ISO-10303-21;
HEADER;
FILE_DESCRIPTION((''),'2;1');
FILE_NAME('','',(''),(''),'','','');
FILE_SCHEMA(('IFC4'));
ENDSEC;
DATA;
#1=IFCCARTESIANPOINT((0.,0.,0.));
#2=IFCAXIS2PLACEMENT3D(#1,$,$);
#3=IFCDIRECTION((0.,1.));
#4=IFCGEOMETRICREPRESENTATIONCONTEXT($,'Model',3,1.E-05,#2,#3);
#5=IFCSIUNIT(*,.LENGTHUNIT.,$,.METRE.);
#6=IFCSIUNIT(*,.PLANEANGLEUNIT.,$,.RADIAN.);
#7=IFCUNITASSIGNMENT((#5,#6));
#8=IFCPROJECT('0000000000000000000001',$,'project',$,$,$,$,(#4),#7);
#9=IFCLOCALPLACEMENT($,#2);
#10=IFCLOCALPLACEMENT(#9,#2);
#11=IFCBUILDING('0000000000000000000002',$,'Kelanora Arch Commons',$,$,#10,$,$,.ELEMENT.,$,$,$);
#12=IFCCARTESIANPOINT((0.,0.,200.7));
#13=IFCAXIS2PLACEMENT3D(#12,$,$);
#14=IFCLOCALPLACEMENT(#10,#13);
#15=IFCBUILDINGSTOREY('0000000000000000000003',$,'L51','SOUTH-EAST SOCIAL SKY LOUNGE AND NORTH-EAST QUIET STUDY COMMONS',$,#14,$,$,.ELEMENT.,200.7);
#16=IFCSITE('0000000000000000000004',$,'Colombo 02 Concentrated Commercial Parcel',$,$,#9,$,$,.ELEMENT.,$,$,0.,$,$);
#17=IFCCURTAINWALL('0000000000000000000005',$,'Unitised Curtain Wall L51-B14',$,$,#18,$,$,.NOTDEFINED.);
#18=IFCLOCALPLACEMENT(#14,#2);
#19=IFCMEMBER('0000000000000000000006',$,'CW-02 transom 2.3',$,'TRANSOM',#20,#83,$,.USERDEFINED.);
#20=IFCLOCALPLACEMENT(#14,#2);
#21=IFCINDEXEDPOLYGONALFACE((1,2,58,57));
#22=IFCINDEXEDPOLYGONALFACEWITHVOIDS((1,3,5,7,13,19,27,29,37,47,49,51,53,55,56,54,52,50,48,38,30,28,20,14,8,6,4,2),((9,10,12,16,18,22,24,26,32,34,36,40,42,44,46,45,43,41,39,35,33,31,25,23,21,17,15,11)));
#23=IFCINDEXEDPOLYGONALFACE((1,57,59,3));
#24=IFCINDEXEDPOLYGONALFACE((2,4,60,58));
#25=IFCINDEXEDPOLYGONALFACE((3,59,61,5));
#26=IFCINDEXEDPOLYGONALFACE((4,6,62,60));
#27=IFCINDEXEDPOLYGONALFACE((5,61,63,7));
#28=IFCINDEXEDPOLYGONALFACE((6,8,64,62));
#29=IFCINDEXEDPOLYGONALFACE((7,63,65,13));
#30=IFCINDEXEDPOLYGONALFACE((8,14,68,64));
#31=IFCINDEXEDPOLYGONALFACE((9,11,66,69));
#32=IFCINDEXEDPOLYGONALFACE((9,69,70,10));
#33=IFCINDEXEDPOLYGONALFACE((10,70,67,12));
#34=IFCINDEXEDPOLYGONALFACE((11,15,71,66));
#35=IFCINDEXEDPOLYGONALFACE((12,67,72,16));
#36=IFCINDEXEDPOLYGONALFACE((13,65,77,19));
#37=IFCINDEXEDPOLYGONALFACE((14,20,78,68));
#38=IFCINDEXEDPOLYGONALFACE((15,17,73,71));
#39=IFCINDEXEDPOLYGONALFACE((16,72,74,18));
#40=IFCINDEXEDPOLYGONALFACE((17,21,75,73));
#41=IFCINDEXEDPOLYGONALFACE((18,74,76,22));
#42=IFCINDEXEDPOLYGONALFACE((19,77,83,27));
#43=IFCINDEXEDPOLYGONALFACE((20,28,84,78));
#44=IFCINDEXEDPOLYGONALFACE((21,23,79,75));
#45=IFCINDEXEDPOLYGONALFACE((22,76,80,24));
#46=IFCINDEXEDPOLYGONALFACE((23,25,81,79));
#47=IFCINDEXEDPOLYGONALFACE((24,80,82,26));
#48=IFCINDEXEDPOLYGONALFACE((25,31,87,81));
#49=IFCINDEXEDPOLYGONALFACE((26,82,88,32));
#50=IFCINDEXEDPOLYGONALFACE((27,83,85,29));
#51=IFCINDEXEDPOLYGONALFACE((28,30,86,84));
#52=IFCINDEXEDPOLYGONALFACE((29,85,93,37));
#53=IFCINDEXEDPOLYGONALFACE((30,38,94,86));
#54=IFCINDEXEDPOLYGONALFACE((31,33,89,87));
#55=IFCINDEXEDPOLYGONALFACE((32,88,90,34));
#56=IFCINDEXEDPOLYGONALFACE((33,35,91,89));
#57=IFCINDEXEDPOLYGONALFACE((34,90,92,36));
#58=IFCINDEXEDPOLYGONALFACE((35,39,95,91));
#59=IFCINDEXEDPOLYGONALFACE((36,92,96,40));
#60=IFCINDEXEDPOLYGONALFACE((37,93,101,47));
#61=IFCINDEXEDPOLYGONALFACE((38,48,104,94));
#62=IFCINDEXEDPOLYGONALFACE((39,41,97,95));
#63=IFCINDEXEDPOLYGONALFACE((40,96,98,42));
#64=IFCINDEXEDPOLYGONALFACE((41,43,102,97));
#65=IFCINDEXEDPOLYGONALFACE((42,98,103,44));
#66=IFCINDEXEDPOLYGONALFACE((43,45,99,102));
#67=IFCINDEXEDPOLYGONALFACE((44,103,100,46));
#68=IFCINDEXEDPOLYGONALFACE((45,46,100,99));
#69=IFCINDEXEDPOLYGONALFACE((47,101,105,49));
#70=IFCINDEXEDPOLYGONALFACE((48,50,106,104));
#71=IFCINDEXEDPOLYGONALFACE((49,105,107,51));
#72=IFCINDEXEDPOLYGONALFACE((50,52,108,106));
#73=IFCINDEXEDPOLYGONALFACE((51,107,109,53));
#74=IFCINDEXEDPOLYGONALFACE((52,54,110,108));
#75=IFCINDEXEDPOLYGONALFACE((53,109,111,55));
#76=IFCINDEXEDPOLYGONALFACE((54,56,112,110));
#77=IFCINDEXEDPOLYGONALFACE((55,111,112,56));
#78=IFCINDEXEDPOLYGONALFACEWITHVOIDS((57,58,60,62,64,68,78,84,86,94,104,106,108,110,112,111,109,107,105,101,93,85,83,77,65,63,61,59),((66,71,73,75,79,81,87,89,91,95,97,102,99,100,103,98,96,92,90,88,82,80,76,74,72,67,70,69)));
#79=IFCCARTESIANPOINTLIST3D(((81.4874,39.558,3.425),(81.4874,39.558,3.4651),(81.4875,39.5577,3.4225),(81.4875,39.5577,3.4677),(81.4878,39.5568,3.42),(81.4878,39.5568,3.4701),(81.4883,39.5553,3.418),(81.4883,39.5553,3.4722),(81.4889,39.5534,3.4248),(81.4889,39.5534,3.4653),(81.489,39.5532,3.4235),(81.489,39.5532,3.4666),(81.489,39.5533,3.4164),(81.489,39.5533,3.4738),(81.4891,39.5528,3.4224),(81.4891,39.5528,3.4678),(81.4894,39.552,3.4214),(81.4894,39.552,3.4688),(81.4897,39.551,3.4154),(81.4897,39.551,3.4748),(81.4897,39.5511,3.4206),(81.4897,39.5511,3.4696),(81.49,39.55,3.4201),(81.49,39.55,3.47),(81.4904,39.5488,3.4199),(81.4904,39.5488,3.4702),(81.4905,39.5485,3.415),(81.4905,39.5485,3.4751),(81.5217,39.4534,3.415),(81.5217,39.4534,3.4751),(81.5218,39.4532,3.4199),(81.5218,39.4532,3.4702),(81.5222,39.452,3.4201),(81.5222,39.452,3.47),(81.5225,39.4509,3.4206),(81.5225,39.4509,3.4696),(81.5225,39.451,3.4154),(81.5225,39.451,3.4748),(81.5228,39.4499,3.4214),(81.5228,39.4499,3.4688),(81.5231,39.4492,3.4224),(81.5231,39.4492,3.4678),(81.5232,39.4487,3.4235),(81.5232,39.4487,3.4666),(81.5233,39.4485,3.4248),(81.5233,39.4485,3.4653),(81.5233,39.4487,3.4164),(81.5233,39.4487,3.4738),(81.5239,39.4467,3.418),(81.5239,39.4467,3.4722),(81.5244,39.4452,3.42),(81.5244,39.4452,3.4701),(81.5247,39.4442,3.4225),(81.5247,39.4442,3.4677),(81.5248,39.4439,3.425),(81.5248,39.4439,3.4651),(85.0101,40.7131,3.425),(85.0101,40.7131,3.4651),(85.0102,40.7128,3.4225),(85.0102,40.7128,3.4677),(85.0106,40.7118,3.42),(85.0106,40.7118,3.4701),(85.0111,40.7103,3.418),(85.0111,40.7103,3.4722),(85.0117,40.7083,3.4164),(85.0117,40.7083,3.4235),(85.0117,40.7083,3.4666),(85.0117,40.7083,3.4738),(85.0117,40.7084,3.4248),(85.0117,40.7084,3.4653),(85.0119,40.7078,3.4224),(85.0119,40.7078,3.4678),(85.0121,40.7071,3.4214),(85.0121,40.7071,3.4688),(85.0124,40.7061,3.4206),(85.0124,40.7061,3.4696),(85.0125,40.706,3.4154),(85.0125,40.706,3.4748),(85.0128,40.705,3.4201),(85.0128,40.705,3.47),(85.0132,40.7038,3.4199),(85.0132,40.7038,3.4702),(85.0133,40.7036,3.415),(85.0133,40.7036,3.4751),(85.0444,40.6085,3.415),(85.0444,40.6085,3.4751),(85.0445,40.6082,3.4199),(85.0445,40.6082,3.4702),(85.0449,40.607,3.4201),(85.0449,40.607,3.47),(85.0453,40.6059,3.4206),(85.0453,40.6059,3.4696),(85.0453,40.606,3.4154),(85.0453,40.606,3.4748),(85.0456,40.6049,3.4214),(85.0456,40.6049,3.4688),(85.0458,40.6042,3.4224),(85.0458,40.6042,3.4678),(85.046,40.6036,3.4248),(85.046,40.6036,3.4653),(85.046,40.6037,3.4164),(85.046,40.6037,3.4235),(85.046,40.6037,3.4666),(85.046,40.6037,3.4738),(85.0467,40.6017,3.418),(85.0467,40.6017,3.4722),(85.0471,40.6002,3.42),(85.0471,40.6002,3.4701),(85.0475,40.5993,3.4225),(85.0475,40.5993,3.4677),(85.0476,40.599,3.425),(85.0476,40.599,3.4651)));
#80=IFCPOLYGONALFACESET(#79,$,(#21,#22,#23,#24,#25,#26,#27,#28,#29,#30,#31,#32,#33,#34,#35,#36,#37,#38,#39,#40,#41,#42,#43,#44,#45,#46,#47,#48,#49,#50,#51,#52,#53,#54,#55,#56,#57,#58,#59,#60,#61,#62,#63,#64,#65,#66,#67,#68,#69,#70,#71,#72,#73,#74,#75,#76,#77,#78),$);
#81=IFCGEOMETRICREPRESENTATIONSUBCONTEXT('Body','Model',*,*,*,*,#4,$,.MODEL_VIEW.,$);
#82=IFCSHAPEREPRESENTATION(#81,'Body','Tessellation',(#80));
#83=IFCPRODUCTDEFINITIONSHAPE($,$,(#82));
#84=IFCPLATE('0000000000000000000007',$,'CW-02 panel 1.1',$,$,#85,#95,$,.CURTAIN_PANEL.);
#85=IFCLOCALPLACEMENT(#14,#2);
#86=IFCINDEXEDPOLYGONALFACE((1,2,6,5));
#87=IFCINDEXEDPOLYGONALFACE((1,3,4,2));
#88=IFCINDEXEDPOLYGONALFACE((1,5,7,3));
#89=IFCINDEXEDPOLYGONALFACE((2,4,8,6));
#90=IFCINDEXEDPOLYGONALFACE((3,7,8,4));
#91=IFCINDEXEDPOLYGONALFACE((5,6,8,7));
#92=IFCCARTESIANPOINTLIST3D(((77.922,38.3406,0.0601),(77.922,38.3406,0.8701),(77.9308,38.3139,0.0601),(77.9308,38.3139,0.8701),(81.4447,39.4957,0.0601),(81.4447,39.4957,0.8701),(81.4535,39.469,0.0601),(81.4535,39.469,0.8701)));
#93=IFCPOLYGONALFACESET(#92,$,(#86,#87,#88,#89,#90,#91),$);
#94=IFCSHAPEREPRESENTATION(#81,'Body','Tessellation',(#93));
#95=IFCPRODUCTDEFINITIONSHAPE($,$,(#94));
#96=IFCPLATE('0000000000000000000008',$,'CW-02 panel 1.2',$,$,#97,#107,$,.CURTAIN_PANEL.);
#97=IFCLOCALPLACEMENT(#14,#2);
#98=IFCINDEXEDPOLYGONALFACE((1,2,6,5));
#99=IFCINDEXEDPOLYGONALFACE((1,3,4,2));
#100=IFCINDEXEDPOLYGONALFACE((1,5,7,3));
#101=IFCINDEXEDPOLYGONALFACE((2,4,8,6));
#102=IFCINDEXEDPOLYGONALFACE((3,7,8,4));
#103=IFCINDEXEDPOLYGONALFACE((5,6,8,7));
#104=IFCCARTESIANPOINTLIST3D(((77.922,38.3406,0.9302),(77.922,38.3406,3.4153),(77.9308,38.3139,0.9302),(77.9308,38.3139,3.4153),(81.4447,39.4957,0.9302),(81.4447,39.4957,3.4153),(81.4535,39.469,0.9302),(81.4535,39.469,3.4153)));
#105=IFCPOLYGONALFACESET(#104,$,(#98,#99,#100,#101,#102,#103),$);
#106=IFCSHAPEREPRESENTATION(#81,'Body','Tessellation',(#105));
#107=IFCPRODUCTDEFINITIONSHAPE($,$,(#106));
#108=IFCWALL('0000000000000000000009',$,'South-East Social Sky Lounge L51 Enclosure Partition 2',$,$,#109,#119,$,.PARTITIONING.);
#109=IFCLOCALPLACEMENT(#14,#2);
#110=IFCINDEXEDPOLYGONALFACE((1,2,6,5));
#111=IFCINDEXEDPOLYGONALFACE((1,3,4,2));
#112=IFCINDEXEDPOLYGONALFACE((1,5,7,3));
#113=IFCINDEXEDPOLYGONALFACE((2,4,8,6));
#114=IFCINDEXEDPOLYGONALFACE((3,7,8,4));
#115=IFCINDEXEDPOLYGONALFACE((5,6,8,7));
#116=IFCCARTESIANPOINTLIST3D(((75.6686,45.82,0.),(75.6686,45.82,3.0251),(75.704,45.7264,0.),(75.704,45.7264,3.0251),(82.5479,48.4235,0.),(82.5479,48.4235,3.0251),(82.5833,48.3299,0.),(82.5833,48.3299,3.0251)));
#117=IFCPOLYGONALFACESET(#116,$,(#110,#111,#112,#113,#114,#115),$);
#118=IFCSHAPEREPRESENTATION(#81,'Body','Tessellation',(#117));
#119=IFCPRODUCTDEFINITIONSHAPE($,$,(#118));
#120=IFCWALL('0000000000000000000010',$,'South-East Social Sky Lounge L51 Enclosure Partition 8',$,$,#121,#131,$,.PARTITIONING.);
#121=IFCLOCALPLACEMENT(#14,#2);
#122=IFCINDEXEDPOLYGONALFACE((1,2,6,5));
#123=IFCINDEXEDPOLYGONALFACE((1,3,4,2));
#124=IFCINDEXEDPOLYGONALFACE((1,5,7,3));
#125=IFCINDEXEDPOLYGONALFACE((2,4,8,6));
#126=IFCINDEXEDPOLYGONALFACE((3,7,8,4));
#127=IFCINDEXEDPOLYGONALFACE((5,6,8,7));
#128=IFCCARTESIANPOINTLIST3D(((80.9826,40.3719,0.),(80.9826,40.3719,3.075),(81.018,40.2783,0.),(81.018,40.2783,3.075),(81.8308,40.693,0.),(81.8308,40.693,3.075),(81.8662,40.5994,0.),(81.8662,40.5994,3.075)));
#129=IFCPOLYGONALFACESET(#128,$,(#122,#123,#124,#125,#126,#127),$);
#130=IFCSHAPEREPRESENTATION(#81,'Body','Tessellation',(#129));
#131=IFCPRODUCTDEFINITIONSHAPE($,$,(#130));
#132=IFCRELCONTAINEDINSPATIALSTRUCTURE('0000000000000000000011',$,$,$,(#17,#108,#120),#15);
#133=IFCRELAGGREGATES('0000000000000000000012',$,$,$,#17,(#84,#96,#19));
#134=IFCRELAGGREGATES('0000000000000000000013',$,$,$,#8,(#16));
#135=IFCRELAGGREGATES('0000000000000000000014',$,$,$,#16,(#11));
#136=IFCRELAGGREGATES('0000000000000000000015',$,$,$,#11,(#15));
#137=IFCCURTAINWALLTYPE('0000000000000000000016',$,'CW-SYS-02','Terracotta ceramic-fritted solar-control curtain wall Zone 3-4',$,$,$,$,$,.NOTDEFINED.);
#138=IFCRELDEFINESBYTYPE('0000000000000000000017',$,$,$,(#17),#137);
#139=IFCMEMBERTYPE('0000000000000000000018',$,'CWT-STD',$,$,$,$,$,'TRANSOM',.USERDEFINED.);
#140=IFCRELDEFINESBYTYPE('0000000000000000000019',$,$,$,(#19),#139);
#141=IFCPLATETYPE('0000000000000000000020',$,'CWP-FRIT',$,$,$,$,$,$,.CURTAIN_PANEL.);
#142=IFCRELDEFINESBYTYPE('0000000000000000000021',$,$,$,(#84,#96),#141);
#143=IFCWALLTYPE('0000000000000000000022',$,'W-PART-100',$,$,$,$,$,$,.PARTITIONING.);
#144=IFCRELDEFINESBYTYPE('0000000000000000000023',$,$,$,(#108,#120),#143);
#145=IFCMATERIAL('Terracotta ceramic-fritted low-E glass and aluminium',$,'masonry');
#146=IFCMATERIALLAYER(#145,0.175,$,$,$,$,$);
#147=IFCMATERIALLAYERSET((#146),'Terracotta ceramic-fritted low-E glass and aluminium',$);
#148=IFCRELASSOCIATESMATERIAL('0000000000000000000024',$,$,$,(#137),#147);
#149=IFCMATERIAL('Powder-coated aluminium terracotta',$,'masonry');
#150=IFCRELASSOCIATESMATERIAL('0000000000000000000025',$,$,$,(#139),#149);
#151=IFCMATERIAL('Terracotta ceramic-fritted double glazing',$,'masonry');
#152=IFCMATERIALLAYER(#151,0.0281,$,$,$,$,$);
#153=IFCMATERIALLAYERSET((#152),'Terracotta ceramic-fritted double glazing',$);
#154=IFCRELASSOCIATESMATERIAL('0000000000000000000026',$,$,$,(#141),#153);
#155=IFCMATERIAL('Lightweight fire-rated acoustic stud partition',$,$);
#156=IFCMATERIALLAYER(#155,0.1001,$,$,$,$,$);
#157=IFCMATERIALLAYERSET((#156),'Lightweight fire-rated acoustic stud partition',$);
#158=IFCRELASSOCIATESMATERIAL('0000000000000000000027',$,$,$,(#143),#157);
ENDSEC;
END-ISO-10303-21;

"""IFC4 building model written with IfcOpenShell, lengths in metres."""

from ifc_helpers import new_model, si_unit, direction, frame, frame_2d, origin, origin_2d, place, context, subcontext, project, spatial, rectangle, hollow_rectangle, extrude, source, transform, mapped, material, layer, layer_set, material_profile, profile_set, type_object, element, aggregate, save


model = new_model("IFC4")

# Units and contexts
model_context = context("Model", 3, precision=1e-05, world=origin(), true_north=direction((0.0, 1.0)))
body_context = subcontext(model_context, "Body", "Model", "MODEL_VIEW")
ifc_project = project(units=[si_unit("LENGTHUNIT", "METRE"), si_unit("PLANEANGLEUNIT", "RADIAN")], contexts=[model_context])

# Site, building, storey
site_placement = place(None, origin())
site = spatial("IfcSite", under=ifc_project, at=site_placement, Name="Colombo 02 Concentrated Commercial Parcel", CompositionType="ELEMENT", RefElevation=0.0)
building_placement = place(site_placement, origin())
building = spatial("IfcBuilding", under=site, at=building_placement, Name="Kelanora Arch Commons", CompositionType="ELEMENT")
storey_placement = place(building_placement, frame((0.0, 0.0, 200.7)))
storey = spatial("IfcBuildingStorey", under=building, at=storey_placement, Name="L51", Description="SOUTH-EAST SOCIAL SKY LOUNGE AND NORTH-EAST QUIET STUDY COMMONS", CompositionType="ELEMENT", Elevation=200.7)

# Curtain wall, member, plates
ifc_material_1 = material(Name="Terracotta ceramic-fritted low-E glass and aluminium", Category="masonry")
ifc_layer_1 = layer(ifc_material_1, 0.175)
ifc_layer_set_1 = layer_set([ifc_layer_1], Name="Terracotta ceramic-fritted low-E glass and aluminium")
curtain_wall_type = type_object("IfcCurtainWallType", Name="CW-SYS-02", Description="Terracotta ceramic-fritted solar-control curtain wall Zone 3-4", PredefinedType="NOTDEFINED", material=ifc_layer_set_1)
curtain_wall_placement = place(storey_placement, origin())
curtain_wall = element("IfcCurtainWall", 1, at=curtain_wall_placement, inside=storey, type_object=curtain_wall_type, Name="Unitised Curtain Wall L51-B14", PredefinedType="NOTDEFINED")
ifc_material_2 = material(Name="Powder-coated aluminium terracotta", Category="masonry")
ifc_material_profile_1 = material_profile(ifc_material_2, hollow_rectangle(XDim=0.1201, YDim=0.0601, WallThickness=0.0049, InnerFilletRadius=0.0049, OuterFilletRadius=0.01, at=origin_2d()), Name="CWT120x60")
ifc_profile_set_1 = profile_set([ifc_material_profile_1], Name="Powder-coated aluminium terracotta")
member_type_1 = type_object("IfcMemberType", Name="CWT-STD", ElementType="TRANSOM", PredefinedType="USERDEFINED", material=ifc_profile_set_1)
member_1_placement = place(storey_placement, frame((81.5061, 39.501, 3.4451), z_axis=(0.950226, 0.311561, 0.0), x_axis=(-0.311561, 0.950226, 0.0)))
member_1 = element("IfcMember", 2, at=member_1_placement, type_object=member_type_1, Name="CW-02 transom 2.3", ObjectType="TRANSOM", PredefinedType="USERDEFINED", context=body_context, shape_type="SweptSolid", body=[
    extrude(hollow_rectangle(XDim=0.1201, YDim=0.0601, WallThickness=0.0049, InnerFilletRadius=0.0049, OuterFilletRadius=0.01, at=origin_2d()), origin(), (0.0, 0.0, 1.0), 3.7073),
])
ifc_material_3 = material(Name="Terracotta ceramic-fritted double glazing", Category="masonry")
ifc_layer_2 = layer(ifc_material_3, 0.0281)
ifc_layer_set_2 = layer_set([ifc_layer_2], Name="Terracotta ceramic-fritted double glazing")
plate_type = type_object("IfcPlateType", Name="CWP-FRIT", PredefinedType="CURTAIN_PANEL", material=ifc_layer_set_2)
shared_shape_1 = source(origin(), body_context, "Body", "SweptSolid", [
    extrude(rectangle(XDim=3.7073, YDim=0.0281, at=origin_2d()), origin(), (0.0, 0.0, 1.0), 0.8101),
])
plate_1_placement = place(storey_placement, frame((79.6877, 38.9048, 0.0601), z_axis=(0.0, 0.0, 1.0), x_axis=(0.950219, 0.311582, 0.0)))
plate_1 = element("IfcPlate", 3, at=plate_1_placement, type_object=plate_type, Name="CW-02 panel 1.1", PredefinedType="CURTAIN_PANEL", context=body_context, shape_type="MappedRepresentation", body=[
    mapped(shared_shape_1, transform((0.0, 0.0, 0.0), scale=1.0)),
])
shared_shape_2 = source(origin(), body_context, "Body", "SweptSolid", [
    extrude(rectangle(XDim=3.7073, YDim=0.0281, at=origin_2d()), origin(), (0.0, 0.0, 1.0), 2.4851),
])
plate_2_placement = place(storey_placement, frame((79.6877, 38.9048, 0.9302), z_axis=(0.0, 0.0, 1.0), x_axis=(0.950219, 0.311582, 0.0)))
plate_2 = element("IfcPlate", 4, at=plate_2_placement, type_object=plate_type, Name="CW-02 panel 1.2", PredefinedType="CURTAIN_PANEL", context=body_context, shape_type="MappedRepresentation", body=[
    mapped(shared_shape_2, transform((0.0, 0.0, 0.0), scale=1.0)),
])
aggregate(curtain_wall, [plate_1, plate_2, member_1])

# Walls
ifc_material_4 = material(Name="Lightweight fire-rated acoustic stud partition")
ifc_layer_3 = layer(ifc_material_4, 0.1001)
ifc_layer_set_3 = layer_set([ifc_layer_3], Name="Lightweight fire-rated acoustic stud partition")
wall_type = type_object("IfcWallType", Name="W-PART-100", PredefinedType="PARTITIONING", material=ifc_layer_set_3)
wall_1_placement = place(storey_placement, frame((75.6863, 45.7732, 0.0), z_axis=(0.0, 0.0, 1.0), x_axis=(0.935264, 0.353952, 0.0)))
element("IfcWall", 5, at=wall_1_placement, inside=storey, type_object=wall_type, Name="South-East Social Sky Lounge L51 Enclosure Partition 2", PredefinedType="PARTITIONING", context=body_context, shape_type="SweptSolid", body=[
    extrude(rectangle(XDim=7.3555, YDim=0.1001, at=frame_2d((3.6777, 0.0))), origin(), (0.0, 0.0, 1.0), 3.0251),
])
wall_2_placement = place(storey_placement, frame((81.8486, 40.6462, 0.0), z_axis=(0.0, 0.0, 1.0), x_axis=(-0.93524, -0.354013, 0.0)))
element("IfcWall", 6, at=wall_2_placement, inside=storey, type_object=wall_type, Name="South-East Social Sky Lounge L51 Enclosure Partition 8", PredefinedType="PARTITIONING", context=body_context, shape_type="SweptSolid", body=[
    extrude(rectangle(XDim=0.907, YDim=0.1001, at=frame_2d((0.4536, 0.0))), origin(), (0.0, 0.0, 1.0), 3.075),
])

save(model, "model.ifc")
